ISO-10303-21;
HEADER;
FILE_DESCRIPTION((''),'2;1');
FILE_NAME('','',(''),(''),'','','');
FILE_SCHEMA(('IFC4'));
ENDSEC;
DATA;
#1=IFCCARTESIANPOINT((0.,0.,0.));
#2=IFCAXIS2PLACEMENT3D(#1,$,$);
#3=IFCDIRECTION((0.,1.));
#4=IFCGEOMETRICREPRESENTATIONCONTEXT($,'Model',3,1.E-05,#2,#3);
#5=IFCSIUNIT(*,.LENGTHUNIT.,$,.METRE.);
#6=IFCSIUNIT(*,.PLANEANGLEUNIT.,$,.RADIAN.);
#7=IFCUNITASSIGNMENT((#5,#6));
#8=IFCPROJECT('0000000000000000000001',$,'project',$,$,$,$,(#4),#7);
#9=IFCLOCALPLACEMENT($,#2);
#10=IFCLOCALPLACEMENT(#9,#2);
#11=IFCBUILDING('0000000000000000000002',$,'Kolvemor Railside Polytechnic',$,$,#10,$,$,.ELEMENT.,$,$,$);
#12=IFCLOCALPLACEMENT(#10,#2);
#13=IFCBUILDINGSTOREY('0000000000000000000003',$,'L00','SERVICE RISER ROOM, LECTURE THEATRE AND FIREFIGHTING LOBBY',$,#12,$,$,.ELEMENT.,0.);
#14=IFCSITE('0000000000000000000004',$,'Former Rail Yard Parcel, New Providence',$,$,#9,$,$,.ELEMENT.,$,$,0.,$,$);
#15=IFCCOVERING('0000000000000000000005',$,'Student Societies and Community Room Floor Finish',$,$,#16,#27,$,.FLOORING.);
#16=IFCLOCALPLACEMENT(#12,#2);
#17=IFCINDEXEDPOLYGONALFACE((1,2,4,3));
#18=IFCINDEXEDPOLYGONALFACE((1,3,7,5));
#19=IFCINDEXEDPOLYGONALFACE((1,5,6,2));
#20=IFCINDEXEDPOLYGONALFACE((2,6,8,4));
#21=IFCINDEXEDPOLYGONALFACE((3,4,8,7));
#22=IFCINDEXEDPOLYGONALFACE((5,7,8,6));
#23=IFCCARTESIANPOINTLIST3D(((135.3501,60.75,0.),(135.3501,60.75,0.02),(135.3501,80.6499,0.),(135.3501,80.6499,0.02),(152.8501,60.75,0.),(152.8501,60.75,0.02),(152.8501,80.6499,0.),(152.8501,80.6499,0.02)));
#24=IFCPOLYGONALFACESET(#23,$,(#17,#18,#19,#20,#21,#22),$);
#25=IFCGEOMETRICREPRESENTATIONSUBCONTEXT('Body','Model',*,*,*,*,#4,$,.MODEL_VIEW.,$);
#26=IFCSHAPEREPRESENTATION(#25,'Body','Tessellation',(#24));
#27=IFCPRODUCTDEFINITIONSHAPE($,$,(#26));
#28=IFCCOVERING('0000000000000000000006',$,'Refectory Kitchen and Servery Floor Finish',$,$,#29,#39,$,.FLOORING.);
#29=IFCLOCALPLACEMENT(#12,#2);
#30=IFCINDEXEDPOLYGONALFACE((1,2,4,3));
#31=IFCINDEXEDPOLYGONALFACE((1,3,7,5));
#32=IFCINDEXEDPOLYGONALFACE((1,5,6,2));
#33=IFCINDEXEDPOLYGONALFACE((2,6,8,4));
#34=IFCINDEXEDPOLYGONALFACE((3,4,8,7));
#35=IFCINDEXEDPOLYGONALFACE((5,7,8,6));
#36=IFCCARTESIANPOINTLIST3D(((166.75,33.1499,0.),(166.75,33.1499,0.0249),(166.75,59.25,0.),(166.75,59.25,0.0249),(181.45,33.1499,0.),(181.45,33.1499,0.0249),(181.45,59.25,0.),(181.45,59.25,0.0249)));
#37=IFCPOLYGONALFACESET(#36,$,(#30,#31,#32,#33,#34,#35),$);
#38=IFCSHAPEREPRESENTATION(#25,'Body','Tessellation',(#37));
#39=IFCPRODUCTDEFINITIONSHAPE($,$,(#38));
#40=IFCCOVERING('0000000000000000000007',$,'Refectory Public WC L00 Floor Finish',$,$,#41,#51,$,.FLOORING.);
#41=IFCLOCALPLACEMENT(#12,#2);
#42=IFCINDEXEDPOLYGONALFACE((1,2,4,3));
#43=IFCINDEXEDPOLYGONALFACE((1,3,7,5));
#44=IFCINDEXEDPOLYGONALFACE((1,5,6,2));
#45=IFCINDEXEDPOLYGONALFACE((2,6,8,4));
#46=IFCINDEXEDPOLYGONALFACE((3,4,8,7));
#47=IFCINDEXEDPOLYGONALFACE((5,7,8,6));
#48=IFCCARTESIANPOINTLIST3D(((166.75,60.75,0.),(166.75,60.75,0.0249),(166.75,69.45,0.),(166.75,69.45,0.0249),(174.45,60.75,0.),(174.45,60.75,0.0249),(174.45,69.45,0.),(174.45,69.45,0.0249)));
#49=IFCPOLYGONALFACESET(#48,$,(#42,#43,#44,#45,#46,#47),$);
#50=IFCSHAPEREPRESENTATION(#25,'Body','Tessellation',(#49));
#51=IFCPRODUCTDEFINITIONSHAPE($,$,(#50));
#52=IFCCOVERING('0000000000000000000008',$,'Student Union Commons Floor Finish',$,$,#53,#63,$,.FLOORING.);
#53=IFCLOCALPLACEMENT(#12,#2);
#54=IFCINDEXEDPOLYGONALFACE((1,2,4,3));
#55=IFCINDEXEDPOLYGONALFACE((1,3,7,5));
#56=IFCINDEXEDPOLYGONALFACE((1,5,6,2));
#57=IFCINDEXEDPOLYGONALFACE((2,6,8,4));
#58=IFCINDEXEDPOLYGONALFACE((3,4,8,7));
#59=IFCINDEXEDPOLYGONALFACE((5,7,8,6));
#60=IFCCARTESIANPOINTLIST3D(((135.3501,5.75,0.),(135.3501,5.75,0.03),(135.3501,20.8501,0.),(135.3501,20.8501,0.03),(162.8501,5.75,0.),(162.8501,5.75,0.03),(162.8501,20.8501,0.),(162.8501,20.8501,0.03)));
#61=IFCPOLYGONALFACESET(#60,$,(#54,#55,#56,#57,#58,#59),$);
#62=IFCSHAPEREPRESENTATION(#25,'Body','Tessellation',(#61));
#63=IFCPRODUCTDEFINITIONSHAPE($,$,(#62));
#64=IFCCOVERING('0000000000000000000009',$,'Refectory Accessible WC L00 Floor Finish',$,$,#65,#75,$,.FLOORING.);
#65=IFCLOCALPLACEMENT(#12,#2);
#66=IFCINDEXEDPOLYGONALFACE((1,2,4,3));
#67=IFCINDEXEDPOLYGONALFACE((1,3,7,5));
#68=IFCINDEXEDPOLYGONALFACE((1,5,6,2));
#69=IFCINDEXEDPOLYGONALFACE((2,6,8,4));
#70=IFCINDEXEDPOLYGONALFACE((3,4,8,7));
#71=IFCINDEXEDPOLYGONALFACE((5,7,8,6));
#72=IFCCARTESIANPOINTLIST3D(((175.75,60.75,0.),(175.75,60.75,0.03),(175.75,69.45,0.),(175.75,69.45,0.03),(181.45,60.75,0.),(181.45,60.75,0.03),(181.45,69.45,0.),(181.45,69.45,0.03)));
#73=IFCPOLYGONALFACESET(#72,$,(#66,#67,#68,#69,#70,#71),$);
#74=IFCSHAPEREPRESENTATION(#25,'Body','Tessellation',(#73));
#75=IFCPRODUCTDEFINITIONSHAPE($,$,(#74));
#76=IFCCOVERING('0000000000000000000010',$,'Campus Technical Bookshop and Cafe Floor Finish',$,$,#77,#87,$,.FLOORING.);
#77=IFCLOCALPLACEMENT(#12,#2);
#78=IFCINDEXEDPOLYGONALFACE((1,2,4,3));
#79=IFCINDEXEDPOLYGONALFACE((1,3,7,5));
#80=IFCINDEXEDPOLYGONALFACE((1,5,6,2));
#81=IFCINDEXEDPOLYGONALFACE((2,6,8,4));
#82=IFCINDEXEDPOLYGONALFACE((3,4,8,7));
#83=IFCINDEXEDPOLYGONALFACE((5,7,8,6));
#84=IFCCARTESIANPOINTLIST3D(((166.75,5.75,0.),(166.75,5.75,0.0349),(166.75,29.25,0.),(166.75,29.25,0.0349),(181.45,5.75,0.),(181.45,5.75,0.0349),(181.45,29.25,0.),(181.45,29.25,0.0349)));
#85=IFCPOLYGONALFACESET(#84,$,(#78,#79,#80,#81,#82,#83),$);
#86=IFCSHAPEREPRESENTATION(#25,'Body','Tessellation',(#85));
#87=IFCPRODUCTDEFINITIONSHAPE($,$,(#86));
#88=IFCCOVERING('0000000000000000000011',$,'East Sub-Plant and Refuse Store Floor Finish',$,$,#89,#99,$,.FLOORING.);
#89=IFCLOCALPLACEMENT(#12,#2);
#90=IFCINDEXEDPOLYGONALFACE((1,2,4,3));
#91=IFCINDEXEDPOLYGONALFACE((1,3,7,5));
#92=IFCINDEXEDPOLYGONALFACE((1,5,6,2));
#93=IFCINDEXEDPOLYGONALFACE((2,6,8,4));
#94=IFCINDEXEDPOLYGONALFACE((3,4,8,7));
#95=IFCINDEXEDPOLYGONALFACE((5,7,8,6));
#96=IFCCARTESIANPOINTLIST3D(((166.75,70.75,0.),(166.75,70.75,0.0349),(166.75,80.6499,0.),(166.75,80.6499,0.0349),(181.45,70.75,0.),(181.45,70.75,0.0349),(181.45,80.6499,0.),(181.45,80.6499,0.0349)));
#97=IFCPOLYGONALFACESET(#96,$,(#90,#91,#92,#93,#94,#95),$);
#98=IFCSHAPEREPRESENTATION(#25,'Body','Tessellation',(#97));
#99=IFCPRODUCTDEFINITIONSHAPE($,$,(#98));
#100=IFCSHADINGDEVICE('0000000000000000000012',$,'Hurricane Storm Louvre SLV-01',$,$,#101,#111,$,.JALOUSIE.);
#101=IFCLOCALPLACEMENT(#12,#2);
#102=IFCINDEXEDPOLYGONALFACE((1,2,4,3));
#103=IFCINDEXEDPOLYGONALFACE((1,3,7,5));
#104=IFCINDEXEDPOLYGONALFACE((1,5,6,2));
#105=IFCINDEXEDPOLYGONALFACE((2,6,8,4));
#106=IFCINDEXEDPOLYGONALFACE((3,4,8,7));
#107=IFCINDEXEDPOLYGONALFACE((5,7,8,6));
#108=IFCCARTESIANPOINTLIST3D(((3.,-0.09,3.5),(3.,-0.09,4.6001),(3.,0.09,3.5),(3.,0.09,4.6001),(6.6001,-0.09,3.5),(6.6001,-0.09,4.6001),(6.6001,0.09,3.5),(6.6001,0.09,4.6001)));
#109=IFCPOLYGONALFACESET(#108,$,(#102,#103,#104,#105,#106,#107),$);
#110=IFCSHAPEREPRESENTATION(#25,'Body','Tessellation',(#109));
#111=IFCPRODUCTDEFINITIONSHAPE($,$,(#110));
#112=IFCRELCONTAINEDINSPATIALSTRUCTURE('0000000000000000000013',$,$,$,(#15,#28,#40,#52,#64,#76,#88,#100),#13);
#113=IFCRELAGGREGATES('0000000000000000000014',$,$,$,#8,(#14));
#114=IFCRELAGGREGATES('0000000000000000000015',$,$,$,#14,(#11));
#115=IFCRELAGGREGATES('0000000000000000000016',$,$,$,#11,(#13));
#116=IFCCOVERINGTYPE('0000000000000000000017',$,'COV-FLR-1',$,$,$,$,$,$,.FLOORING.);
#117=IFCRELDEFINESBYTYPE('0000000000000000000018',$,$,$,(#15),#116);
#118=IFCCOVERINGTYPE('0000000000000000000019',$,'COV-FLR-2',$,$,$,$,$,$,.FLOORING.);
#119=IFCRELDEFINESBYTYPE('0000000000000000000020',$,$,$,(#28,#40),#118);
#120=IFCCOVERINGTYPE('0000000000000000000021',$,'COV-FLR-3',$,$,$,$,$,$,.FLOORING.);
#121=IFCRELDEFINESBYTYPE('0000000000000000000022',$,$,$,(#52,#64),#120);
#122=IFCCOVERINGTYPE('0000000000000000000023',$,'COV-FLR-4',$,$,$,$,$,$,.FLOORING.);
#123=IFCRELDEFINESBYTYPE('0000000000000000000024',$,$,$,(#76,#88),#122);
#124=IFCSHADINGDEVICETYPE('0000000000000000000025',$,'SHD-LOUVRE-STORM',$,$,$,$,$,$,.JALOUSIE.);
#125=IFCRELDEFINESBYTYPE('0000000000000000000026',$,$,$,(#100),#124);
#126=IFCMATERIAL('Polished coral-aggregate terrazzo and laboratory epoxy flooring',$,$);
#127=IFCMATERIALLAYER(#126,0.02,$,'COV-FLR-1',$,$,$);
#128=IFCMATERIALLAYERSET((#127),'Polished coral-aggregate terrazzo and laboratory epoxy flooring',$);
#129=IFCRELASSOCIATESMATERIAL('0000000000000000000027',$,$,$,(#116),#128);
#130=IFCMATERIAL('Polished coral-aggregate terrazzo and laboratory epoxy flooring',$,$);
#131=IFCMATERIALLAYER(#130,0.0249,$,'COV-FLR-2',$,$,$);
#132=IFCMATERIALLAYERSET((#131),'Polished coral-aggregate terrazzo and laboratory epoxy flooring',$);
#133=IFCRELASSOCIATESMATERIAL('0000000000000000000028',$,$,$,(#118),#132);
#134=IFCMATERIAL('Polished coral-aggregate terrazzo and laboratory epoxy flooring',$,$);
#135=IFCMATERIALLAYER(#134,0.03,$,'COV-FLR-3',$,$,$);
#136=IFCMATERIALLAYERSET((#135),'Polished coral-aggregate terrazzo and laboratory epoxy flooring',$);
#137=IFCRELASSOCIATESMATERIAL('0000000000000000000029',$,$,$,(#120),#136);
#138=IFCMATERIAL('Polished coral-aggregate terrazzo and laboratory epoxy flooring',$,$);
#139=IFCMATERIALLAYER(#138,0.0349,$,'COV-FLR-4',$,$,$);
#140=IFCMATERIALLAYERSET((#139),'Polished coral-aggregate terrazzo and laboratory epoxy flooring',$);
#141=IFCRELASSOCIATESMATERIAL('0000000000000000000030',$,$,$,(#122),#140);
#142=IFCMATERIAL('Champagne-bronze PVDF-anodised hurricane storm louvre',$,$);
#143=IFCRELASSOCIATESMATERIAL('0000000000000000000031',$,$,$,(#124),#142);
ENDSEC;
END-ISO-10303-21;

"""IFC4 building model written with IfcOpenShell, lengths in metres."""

from ifc_helpers import new_model, si_unit, direction, frame, origin, origin_2d, place, context, subcontext, project, spatial, polyline, rectangle, outline, extrude, material, layer, layer_set, type_object, element, save


model = new_model("IFC4")

# Units and contexts
model_context = context("Model", 3, precision=1e-05, world=origin(), true_north=direction((0.0, 1.0)))
body_context = subcontext(model_context, "Body", "Model", "MODEL_VIEW")
ifc_project = project(units=[si_unit("LENGTHUNIT", "METRE"), si_unit("PLANEANGLEUNIT", "RADIAN")], contexts=[model_context])

# Site, building, storey
site_placement = place(None, origin())
site = spatial("IfcSite", under=ifc_project, at=site_placement, Name="Former Rail Yard Parcel, New Providence", CompositionType="ELEMENT", RefElevation=0.0)
building_placement = place(site_placement, origin())
building = spatial("IfcBuilding", under=site, at=building_placement, Name="Kolvemor Railside Polytechnic", CompositionType="ELEMENT")
storey_placement = place(building_placement, origin())
storey = spatial("IfcBuildingStorey", under=building, at=storey_placement, Name="L00", Description="SERVICE RISER ROOM, LECTURE THEATRE AND FIREFIGHTING LOBBY", CompositionType="ELEMENT", Elevation=0.0)

# Coverings
ifc_material_1 = material(Name="Polished coral-aggregate terrazzo and laboratory epoxy flooring")
ifc_layer_1 = layer(ifc_material_1, 0.02, Name="COV-FLR-1")
ifc_layer_set_1 = layer_set([ifc_layer_1], Name="Polished coral-aggregate terrazzo and laboratory epoxy flooring")
covering_type_1 = type_object("IfcCoveringType", Name="COV-FLR-1", PredefinedType="FLOORING", material=ifc_layer_set_1)
covering_1_placement = place(storey_placement, origin())
element("IfcCovering", 1, at=covering_1_placement, inside=storey, type_object=covering_type_1, Name="Student Societies and Community Room Floor Finish", PredefinedType="FLOORING", context=body_context, shape_type="SweptSolid", body=[
    extrude(outline(polyline([(135.3501, 60.75), (152.8501, 60.75), (152.8501, 80.6499), (135.3501, 80.6499), (135.3501, 60.75)])), origin(), (0.0, 0.0, 1.0), 0.02),
])
ifc_material_2 = material(Name="Polished coral-aggregate terrazzo and laboratory epoxy flooring")
ifc_layer_2 = layer(ifc_material_2, 0.0249, Name="COV-FLR-2")
ifc_layer_set_2 = layer_set([ifc_layer_2], Name="Polished coral-aggregate terrazzo and laboratory epoxy flooring")
covering_type_2 = type_object("IfcCoveringType", Name="COV-FLR-2", PredefinedType="FLOORING", material=ifc_layer_set_2)
covering_2_placement = place(storey_placement, origin())
element("IfcCovering", 2, at=covering_2_placement, inside=storey, type_object=covering_type_2, Name="Refectory Kitchen and Servery Floor Finish", PredefinedType="FLOORING", context=body_context, shape_type="SweptSolid", body=[
    extrude(outline(polyline([(166.75, 33.1499), (181.45, 33.1499), (181.45, 59.25), (166.75, 59.25), (166.75, 33.1499)])), origin(), (0.0, 0.0, 1.0), 0.0249),
])
covering_3_placement = place(storey_placement, origin())
element("IfcCovering", 3, at=covering_3_placement, inside=storey, type_object=covering_type_2, Name="Refectory Public WC L00 Floor Finish", PredefinedType="FLOORING", context=body_context, shape_type="SweptSolid", body=[
    extrude(outline(polyline([(166.75, 60.75), (174.45, 60.75), (174.45, 69.45), (166.75, 69.45), (166.75, 60.75)])), origin(), (0.0, 0.0, 1.0), 0.0249),
])
ifc_material_3 = material(Name="Polished coral-aggregate terrazzo and laboratory epoxy flooring")
ifc_layer_3 = layer(ifc_material_3, 0.03, Name="COV-FLR-3")
ifc_layer_set_3 = layer_set([ifc_layer_3], Name="Polished coral-aggregate terrazzo and laboratory epoxy flooring")
covering_type_3 = type_object("IfcCoveringType", Name="COV-FLR-3", PredefinedType="FLOORING", material=ifc_layer_set_3)
covering_4_placement = place(storey_placement, origin())
element("IfcCovering", 4, at=covering_4_placement, inside=storey, type_object=covering_type_3, Name="Student Union Commons Floor Finish", PredefinedType="FLOORING", context=body_context, shape_type="SweptSolid", body=[
    extrude(outline(polyline([(135.3501, 5.75), (162.8501, 5.75), (162.8501, 20.8501), (135.3501, 20.8501), (135.3501, 5.75)])), origin(), (0.0, 0.0, 1.0), 0.03),
])
covering_5_placement = place(storey_placement, origin())
element("IfcCovering", 5, at=covering_5_placement, inside=storey, type_object=covering_type_3, Name="Refectory Accessible WC L00 Floor Finish", PredefinedType="FLOORING", context=body_context, shape_type="SweptSolid", body=[
    extrude(outline(polyline([(175.75, 60.75), (181.45, 60.75), (181.45, 69.45), (175.75, 69.45), (175.75, 60.75)])), origin(), (0.0, 0.0, 1.0), 0.03),
])
ifc_material_4 = material(Name="Polished coral-aggregate terrazzo and laboratory epoxy flooring")
ifc_layer_4 = layer(ifc_material_4, 0.0349, Name="COV-FLR-4")
ifc_layer_set_4 = layer_set([ifc_layer_4], Name="Polished coral-aggregate terrazzo and laboratory epoxy flooring")
covering_type_4 = type_object("IfcCoveringType", Name="COV-FLR-4", PredefinedType="FLOORING", material=ifc_layer_set_4)
covering_6_placement = place(storey_placement, origin())
element("IfcCovering", 6, at=covering_6_placement, inside=storey, type_object=covering_type_4, Name="Campus Technical Bookshop and Cafe Floor Finish", PredefinedType="FLOORING", context=body_context, shape_type="SweptSolid", body=[
    extrude(outline(polyline([(166.75, 5.75), (181.45, 5.75), (181.45, 29.25), (166.75, 29.25), (166.75, 5.75)])), origin(), (0.0, 0.0, 1.0), 0.0349),
])
covering_7_placement = place(storey_placement, origin())
element("IfcCovering", 7, at=covering_7_placement, inside=storey, type_object=covering_type_4, Name="East Sub-Plant and Refuse Store Floor Finish", PredefinedType="FLOORING", context=body_context, shape_type="SweptSolid", body=[
    extrude(outline(polyline([(166.75, 70.75), (181.45, 70.75), (181.45, 80.6499), (166.75, 80.6499), (166.75, 70.75)])), origin(), (0.0, 0.0, 1.0), 0.0349),
])

# Shading device
ifc_material_5 = material(Name="Champagne-bronze PVDF-anodised hurricane storm louvre")
shading_device_type = type_object("IfcShadingDeviceType", Name="SHD-LOUVRE-STORM", PredefinedType="JALOUSIE", material=ifc_material_5)
shading_device_placement = place(storey_placement, frame((4.8, 0.0, 3.5), z_axis=(0.0, 0.0, 1.0), x_axis=(1.0, 0.0, 0.0)))
element("IfcShadingDevice", 8, at=shading_device_placement, inside=storey, type_object=shading_device_type, Name="Hurricane Storm Louvre SLV-01", PredefinedType="JALOUSIE", context=body_context, shape_type="SweptSolid", body=[
    extrude(rectangle(XDim=3.6001, YDim=0.1799, at=origin_2d()), origin(), (0.0, 0.0, 1.0), 1.1001),
])

save(model, "model.ifc")
